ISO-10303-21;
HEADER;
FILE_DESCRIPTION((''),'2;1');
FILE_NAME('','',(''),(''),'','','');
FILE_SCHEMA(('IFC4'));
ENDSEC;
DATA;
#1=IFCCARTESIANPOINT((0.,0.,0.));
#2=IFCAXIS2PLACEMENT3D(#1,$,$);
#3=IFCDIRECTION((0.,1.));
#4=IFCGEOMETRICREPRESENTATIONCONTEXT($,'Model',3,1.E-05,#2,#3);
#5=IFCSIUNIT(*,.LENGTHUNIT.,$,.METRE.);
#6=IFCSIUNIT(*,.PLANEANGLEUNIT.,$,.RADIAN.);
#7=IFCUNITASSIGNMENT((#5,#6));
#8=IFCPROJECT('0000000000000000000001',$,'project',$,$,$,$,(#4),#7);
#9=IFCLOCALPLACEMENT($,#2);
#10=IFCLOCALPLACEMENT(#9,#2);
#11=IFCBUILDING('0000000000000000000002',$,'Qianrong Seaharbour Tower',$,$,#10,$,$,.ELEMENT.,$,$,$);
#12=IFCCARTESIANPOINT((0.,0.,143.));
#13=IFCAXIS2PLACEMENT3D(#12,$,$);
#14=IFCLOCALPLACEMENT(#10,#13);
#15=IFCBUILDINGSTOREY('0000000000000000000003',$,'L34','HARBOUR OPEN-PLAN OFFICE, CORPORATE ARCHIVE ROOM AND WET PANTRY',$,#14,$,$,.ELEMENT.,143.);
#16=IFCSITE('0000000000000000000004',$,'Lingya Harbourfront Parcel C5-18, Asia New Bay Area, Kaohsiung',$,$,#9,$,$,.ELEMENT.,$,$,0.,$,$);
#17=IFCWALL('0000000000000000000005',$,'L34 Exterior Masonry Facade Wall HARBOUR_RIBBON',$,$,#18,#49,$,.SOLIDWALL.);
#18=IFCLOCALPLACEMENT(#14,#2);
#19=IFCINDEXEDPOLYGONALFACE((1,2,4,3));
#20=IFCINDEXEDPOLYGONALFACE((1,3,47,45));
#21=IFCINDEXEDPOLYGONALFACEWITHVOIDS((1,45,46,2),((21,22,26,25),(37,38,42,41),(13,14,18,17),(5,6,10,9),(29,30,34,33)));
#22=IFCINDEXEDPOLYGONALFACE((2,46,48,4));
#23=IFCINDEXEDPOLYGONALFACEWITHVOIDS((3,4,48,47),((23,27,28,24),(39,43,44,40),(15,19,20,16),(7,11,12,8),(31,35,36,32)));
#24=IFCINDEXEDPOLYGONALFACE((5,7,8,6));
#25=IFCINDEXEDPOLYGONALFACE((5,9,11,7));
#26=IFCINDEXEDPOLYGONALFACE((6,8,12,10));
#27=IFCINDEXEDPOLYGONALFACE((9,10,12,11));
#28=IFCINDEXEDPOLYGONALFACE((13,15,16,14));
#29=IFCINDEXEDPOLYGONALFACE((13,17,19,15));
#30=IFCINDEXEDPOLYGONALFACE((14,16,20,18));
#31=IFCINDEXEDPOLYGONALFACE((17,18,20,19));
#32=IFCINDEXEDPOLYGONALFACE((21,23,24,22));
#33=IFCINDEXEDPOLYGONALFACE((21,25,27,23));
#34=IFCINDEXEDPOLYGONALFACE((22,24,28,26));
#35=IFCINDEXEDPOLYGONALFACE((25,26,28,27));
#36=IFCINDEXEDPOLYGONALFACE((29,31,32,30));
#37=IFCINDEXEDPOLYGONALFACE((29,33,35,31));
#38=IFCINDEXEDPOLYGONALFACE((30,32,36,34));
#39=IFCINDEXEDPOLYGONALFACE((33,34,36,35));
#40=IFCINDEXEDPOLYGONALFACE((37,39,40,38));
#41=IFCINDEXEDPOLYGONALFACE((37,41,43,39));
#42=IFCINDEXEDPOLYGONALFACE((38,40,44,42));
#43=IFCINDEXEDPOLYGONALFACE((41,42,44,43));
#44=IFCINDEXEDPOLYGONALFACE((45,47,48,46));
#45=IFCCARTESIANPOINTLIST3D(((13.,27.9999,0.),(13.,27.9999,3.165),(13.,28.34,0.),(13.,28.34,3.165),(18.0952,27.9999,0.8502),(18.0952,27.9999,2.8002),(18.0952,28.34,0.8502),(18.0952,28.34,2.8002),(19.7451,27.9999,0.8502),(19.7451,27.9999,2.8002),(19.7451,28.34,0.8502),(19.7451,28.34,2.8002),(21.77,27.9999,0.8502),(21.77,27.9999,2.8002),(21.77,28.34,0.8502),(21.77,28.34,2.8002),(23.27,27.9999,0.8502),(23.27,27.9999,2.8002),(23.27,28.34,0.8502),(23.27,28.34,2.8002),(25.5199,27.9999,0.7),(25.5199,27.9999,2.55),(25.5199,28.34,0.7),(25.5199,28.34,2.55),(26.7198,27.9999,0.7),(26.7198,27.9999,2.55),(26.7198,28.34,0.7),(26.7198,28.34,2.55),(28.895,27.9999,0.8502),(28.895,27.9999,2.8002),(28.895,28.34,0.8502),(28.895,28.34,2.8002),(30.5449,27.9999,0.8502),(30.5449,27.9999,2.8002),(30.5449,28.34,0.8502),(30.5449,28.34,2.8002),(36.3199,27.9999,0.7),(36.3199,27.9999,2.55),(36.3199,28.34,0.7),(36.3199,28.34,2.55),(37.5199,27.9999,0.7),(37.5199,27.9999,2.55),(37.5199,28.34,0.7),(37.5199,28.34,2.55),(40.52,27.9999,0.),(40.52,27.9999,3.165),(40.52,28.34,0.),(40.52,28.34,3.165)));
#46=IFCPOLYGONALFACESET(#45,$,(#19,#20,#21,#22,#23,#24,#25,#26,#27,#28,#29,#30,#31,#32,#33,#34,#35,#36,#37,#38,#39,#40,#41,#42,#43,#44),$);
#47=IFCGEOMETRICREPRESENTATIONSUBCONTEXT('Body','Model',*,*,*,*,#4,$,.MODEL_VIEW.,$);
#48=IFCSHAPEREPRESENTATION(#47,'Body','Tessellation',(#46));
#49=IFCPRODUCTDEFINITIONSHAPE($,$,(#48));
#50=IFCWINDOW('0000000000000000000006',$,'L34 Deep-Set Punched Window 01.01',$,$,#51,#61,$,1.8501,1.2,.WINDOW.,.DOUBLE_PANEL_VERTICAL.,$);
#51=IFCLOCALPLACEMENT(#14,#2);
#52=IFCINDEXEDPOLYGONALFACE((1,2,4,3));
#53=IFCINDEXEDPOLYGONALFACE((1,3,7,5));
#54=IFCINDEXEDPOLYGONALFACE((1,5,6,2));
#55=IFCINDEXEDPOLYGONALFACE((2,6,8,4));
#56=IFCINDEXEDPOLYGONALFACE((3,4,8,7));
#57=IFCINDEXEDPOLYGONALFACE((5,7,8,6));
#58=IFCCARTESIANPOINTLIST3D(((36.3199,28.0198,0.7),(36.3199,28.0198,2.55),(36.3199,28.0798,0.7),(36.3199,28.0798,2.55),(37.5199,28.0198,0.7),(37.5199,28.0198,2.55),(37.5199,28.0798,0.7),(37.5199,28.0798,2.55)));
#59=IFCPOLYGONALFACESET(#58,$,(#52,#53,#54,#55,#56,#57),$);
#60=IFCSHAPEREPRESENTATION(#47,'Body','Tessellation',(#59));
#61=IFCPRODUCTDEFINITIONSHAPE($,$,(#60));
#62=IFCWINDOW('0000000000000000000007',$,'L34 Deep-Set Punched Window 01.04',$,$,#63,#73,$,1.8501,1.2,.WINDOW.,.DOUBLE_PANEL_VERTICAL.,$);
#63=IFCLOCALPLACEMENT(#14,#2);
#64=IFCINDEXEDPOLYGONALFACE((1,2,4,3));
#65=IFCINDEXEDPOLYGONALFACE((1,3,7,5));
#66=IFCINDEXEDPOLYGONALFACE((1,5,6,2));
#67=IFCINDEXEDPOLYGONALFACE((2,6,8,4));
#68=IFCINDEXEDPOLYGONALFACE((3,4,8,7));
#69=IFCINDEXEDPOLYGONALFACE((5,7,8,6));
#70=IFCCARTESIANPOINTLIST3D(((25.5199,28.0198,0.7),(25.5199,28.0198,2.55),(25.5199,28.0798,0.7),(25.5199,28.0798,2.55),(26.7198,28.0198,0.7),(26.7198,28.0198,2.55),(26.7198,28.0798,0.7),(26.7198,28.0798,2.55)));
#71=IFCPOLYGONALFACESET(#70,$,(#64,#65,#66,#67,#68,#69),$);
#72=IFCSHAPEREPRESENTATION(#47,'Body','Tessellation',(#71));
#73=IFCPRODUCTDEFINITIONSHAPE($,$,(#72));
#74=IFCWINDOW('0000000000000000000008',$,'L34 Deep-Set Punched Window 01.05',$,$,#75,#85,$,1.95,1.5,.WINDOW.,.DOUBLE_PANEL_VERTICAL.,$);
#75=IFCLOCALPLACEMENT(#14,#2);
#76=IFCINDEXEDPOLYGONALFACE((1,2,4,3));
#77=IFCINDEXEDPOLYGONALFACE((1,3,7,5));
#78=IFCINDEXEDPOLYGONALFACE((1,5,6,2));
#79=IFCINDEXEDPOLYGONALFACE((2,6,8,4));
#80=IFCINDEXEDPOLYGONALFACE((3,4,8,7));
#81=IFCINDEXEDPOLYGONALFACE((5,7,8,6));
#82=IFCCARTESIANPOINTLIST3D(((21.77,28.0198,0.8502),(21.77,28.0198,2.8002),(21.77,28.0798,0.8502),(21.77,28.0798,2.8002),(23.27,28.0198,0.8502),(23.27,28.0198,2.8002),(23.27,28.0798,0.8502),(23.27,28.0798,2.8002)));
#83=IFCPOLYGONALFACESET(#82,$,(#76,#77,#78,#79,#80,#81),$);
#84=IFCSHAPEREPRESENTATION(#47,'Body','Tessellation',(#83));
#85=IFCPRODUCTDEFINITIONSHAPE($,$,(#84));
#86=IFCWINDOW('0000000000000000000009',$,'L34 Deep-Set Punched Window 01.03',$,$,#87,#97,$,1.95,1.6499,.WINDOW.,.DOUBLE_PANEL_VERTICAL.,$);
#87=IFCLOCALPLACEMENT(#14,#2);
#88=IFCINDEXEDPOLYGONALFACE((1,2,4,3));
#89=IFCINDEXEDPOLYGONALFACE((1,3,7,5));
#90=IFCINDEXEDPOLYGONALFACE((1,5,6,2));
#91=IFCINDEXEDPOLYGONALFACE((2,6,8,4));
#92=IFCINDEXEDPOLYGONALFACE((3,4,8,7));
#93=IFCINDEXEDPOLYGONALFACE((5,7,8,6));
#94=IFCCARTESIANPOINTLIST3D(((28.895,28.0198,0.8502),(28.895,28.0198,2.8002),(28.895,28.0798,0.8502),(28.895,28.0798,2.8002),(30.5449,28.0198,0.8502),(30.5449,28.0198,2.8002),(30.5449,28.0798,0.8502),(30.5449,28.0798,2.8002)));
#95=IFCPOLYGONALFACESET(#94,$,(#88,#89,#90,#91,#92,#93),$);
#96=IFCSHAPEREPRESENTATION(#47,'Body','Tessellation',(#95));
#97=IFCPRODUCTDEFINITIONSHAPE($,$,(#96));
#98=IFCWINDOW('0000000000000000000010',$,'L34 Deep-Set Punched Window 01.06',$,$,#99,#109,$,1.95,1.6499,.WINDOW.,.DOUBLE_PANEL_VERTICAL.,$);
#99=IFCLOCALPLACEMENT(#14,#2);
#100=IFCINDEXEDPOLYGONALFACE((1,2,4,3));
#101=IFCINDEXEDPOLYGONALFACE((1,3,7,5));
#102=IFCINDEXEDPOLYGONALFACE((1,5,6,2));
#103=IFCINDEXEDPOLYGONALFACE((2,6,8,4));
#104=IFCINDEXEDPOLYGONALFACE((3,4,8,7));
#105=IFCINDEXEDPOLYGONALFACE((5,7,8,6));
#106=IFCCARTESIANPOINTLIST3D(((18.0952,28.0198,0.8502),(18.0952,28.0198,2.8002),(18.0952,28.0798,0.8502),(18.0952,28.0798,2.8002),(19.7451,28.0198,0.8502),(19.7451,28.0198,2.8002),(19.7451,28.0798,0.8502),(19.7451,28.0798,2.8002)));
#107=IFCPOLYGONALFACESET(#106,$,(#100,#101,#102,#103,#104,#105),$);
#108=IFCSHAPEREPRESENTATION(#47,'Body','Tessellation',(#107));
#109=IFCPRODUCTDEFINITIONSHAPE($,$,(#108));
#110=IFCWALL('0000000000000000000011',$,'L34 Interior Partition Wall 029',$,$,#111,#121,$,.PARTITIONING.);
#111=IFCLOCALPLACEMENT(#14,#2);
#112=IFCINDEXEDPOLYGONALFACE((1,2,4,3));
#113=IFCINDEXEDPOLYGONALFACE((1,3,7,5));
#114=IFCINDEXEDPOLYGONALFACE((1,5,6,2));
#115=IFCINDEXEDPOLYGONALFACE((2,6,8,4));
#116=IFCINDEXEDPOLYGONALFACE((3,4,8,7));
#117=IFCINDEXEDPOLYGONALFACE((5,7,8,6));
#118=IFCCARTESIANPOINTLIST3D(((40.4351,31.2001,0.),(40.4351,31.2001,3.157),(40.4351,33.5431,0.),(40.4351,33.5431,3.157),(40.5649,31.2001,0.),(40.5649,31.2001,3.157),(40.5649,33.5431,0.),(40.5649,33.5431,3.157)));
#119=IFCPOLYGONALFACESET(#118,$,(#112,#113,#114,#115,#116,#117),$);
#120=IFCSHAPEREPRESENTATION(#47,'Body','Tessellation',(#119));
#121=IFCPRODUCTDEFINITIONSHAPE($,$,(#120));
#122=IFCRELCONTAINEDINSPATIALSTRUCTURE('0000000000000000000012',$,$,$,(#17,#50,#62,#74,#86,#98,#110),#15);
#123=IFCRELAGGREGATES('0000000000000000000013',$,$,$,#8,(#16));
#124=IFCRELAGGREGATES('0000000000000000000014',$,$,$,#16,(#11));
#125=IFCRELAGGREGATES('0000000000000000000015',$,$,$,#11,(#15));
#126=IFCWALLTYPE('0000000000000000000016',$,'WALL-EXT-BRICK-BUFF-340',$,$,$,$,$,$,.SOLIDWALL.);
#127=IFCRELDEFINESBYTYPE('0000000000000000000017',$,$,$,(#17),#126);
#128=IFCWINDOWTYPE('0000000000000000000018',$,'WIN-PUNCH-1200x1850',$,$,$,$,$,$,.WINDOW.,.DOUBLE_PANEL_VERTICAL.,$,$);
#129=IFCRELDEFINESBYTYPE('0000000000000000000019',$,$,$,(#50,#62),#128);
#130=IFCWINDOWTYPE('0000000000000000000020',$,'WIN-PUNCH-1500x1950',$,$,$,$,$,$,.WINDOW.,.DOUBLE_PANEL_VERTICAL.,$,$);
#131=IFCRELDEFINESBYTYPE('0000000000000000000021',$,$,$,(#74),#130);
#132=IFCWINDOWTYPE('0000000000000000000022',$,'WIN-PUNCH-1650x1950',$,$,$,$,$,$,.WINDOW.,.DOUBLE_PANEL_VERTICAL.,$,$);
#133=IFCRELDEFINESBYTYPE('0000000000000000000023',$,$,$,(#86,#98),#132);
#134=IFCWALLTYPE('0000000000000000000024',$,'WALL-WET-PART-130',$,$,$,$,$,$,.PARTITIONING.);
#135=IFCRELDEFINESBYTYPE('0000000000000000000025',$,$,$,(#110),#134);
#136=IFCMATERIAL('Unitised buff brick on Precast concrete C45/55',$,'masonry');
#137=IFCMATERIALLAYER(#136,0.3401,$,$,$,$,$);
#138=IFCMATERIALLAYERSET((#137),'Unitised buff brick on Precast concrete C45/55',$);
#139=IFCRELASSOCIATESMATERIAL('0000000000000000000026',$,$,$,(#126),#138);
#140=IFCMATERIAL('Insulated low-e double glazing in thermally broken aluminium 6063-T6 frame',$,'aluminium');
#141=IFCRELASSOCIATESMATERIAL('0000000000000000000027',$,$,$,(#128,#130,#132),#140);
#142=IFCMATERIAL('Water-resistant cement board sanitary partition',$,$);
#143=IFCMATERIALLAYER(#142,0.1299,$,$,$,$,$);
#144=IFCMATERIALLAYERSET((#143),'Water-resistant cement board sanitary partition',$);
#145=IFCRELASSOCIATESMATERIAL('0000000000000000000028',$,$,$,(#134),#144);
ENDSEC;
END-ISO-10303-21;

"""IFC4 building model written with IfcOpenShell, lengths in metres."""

from ifc_helpers import new_model, si_unit, direction, frame, frame_2d, origin, place, context, subcontext, project, spatial, rectangle, extrude, material, layer, layer_set, type_object, element, fill, save


model = new_model("IFC4")

# Units and contexts
model_context = context("Model", 3, precision=1e-05, world=origin(), true_north=direction((0.0, 1.0)))
body_context = subcontext(model_context, "Body", "Model", "MODEL_VIEW")
ifc_project = project(units=[si_unit("LENGTHUNIT", "METRE"), si_unit("PLANEANGLEUNIT", "RADIAN")], contexts=[model_context])

# Site, building, storey
site_placement = place(None, origin())
site = spatial("IfcSite", under=ifc_project, at=site_placement, Name="Lingya Harbourfront Parcel C5-18, Asia New Bay Area, Kaohsiung", CompositionType="ELEMENT", RefElevation=0.0)
building_placement = place(site_placement, origin())
building = spatial("IfcBuilding", under=site, at=building_placement, Name="Qianrong Seaharbour Tower", CompositionType="ELEMENT")
storey_placement = place(building_placement, frame((0.0, 0.0, 143.0)))
storey = spatial("IfcBuildingStorey", under=building, at=storey_placement, Name="L34", Description="HARBOUR OPEN-PLAN OFFICE, CORPORATE ARCHIVE ROOM AND WET PANTRY", CompositionType="ELEMENT", Elevation=143.0)

# Wall, openings, windows
ifc_material_1 = material(Name="Unitised buff brick on Precast concrete C45/55", Category="masonry")
ifc_layer_1 = layer(ifc_material_1, 0.3401)
ifc_layer_set_1 = layer_set([ifc_layer_1], Name="Unitised buff brick on Precast concrete C45/55")
wall_type_1 = type_object("IfcWallType", Name="WALL-EXT-BRICK-BUFF-340", PredefinedType="SOLIDWALL", material=ifc_layer_set_1)
wall_1_placement = place(storey_placement, frame((40.52, 28.1699, 0.0), z_axis=(0.0, 0.0, 1.0), x_axis=(-1.0, 0.0, 0.0)))
wall_1 = element("IfcWall", 1, at=wall_1_placement, inside=storey, type_object=wall_type_1, Name="L34 Exterior Masonry Facade Wall HARBOUR_RIBBON", PredefinedType="SOLIDWALL", context=body_context, shape_type="SweptSolid", body=[
    extrude(rectangle(XDim=27.52, YDim=0.3401, at=frame_2d((13.76, 0.0))), origin(), (0.0, 0.0, 1.0), 3.165),
])
opening_1_placement = place(wall_1_placement, frame((3.0, 0.0, 0.7)))
opening_1 = element("IfcOpeningElement", 2, at=opening_1_placement, cuts=wall_1, PredefinedType="OPENING", context=body_context, shape_type="SweptSolid", body=[
    extrude(rectangle(XDim=1.2, YDim=1.8501, at=frame_2d((0.6001, 0.925))), frame((0.0, 0.1802, 0.0), z_axis=(0.0, -1.0, 0.0), x_axis=(1.0, 0.0, 0.0)), (0.0, 0.0, 1.0), 0.3601),
])
opening_2_placement = place(wall_1_placement, frame((9.9751, 0.0, 0.8501)))
opening_2 = element("IfcOpeningElement", 3, at=opening_2_placement, cuts=wall_1, PredefinedType="OPENING", context=body_context, shape_type="SweptSolid", body=[
    extrude(rectangle(XDim=1.6499, YDim=1.95, at=frame_2d((0.825, 0.9751))), frame((0.0, 0.1802, 0.0), z_axis=(0.0, -1.0, 0.0), x_axis=(1.0, 0.0, 0.0)), (0.0, 0.0, 1.0), 0.3601),
])
opening_3_placement = place(wall_1_placement, frame((13.8, 0.0, 0.7)))
opening_3 = element("IfcOpeningElement", 4, at=opening_3_placement, cuts=wall_1, PredefinedType="OPENING", context=body_context, shape_type="SweptSolid", body=[
    extrude(rectangle(XDim=1.2, YDim=1.8501, at=frame_2d((0.6001, 0.925))), frame((0.0, 0.1802, 0.0), z_axis=(0.0, -1.0, 0.0), x_axis=(1.0, 0.0, 0.0)), (0.0, 0.0, 1.0), 0.3601),
])
opening_4_placement = place(wall_1_placement, frame((17.25, 0.0, 0.8501)))
opening_4 = element("IfcOpeningElement", 5, at=opening_4_placement, cuts=wall_1, PredefinedType="OPENING", context=body_context, shape_type="SweptSolid", body=[
    extrude(rectangle(XDim=1.5, YDim=1.95, at=frame_2d((0.75, 0.9751))), frame((0.0, 0.1802, 0.0), z_axis=(0.0, -1.0, 0.0), x_axis=(1.0, 0.0, 0.0)), (0.0, 0.0, 1.0), 0.3601),
])
opening_5_placement = place(wall_1_placement, frame((20.7749, 0.0, 0.8501)))
opening_5 = element("IfcOpeningElement", 6, at=opening_5_placement, cuts=wall_1, PredefinedType="OPENING", context=body_context, shape_type="SweptSolid", body=[
    extrude(rectangle(XDim=1.6499, YDim=1.95, at=frame_2d((0.825, 0.9751))), frame((0.0, 0.1802, 0.0), z_axis=(0.0, -1.0, 0.0), x_axis=(1.0, 0.0, 0.0)), (0.0, 0.0, 1.0), 0.3601),
])
ifc_material_2 = material(Name="Insulated low-e double glazing in thermally broken aluminium 6063-T6 frame", Category="aluminium")
window_type_1 = type_object("IfcWindowType", Name="WIN-PUNCH-1200x1850", PartitioningType="DOUBLE_PANEL_VERTICAL", PredefinedType="WINDOW", material=ifc_material_2)
window_1_placement = place(opening_1_placement, origin())
window_1 = element("IfcWindow", 7, at=window_1_placement, inside=storey, type_object=window_type_1, Name="L34 Deep-Set Punched Window 01.01", OverallHeight=1.8501, OverallWidth=1.2, PartitioningType="DOUBLE_PANEL_VERTICAL", PredefinedType="WINDOW", context=body_context, shape_type="SweptSolid", body=[
    extrude(rectangle(XDim=1.2, YDim=1.8501, at=frame_2d((0.6001, 0.925))), frame((0.0, 0.1501, 0.0), z_axis=(0.0, -1.0, 0.0), x_axis=(1.0, 0.0, 0.0)), (0.0, 0.0, 1.0), 0.0601),
])
fill(opening_1, window_1)
window_2_placement = place(opening_3_placement, origin())
window_2 = element("IfcWindow", 8, at=window_2_placement, inside=storey, type_object=window_type_1, Name="L34 Deep-Set Punched Window 01.04", OverallHeight=1.8501, OverallWidth=1.2, PartitioningType="DOUBLE_PANEL_VERTICAL", PredefinedType="WINDOW", context=body_context, shape_type="SweptSolid", body=[
    extrude(rectangle(XDim=1.2, YDim=1.8501, at=frame_2d((0.6001, 0.925))), frame((0.0, 0.1501, 0.0), z_axis=(0.0, -1.0, 0.0), x_axis=(1.0, 0.0, 0.0)), (0.0, 0.0, 1.0), 0.0601),
])
fill(opening_3, window_2)
window_type_2 = type_object("IfcWindowType", Name="WIN-PUNCH-1500x1950", PartitioningType="DOUBLE_PANEL_VERTICAL", PredefinedType="WINDOW", material=ifc_material_2)
window_3_placement = place(opening_4_placement, origin())
window_3 = element("IfcWindow", 9, at=window_3_placement, inside=storey, type_object=window_type_2, Name="L34 Deep-Set Punched Window 01.05", OverallHeight=1.95, OverallWidth=1.5, PartitioningType="DOUBLE_PANEL_VERTICAL", PredefinedType="WINDOW", context=body_context, shape_type="SweptSolid", body=[
    extrude(rectangle(XDim=1.5, YDim=1.95, at=frame_2d((0.75, 0.9751))), frame((0.0, 0.1501, 0.0), z_axis=(0.0, -1.0, 0.0), x_axis=(1.0, 0.0, 0.0)), (0.0, 0.0, 1.0), 0.0601),
])
fill(opening_4, window_3)
window_type_3 = type_object("IfcWindowType", Name="WIN-PUNCH-1650x1950", PartitioningType="DOUBLE_PANEL_VERTICAL", PredefinedType="WINDOW", material=ifc_material_2)
window_4_placement = place(opening_2_placement, origin())
window_4 = element("IfcWindow", 10, at=window_4_placement, inside=storey, type_object=window_type_3, Name="L34 Deep-Set Punched Window 01.03", OverallHeight=1.95, OverallWidth=1.6499, PartitioningType="DOUBLE_PANEL_VERTICAL", PredefinedType="WINDOW", context=body_context, shape_type="SweptSolid", body=[
    extrude(rectangle(XDim=1.6499, YDim=1.95, at=frame_2d((0.825, 0.9751))), frame((0.0, 0.1501, 0.0), z_axis=(0.0, -1.0, 0.0), x_axis=(1.0, 0.0, 0.0)), (0.0, 0.0, 1.0), 0.0601),
])
fill(opening_2, window_4)
window_5_placement = place(opening_5_placement, origin())
window_5 = element("IfcWindow", 11, at=window_5_placement, inside=storey, type_object=window_type_3, Name="L34 Deep-Set Punched Window 01.06", OverallHeight=1.95, OverallWidth=1.6499, PartitioningType="DOUBLE_PANEL_VERTICAL", PredefinedType="WINDOW", context=body_context, shape_type="SweptSolid", body=[
    extrude(rectangle(XDim=1.6499, YDim=1.95, at=frame_2d((0.825, 0.9751))), frame((0.0, 0.1501, 0.0), z_axis=(0.0, -1.0, 0.0), x_axis=(1.0, 0.0, 0.0)), (0.0, 0.0, 1.0), 0.0601),
])
fill(opening_5, window_5)

# Wall
ifc_material_3 = material(Name="Water-resistant cement board sanitary partition")
ifc_layer_2 = layer(ifc_material_3, 0.1299)
ifc_layer_set_2 = layer_set([ifc_layer_2], Name="Water-resistant cement board sanitary partition")
wall_type_2 = type_object("IfcWallType", Name="WALL-WET-PART-130", PredefinedType="PARTITIONING", material=ifc_layer_set_2)
wall_2_placement = place(storey_placement, frame((40.5, 33.543, 0.0), z_axis=(0.0, 0.0, 1.0), x_axis=(0.0, -1.0, 0.0)))
element("IfcWall", 12, at=wall_2_placement, inside=storey, type_object=wall_type_2, Name="L34 Interior Partition Wall 029", PredefinedType="PARTITIONING", context=body_context, shape_type="SweptSolid", body=[
    extrude(rectangle(XDim=2.343, YDim=0.1299, at=frame_2d((1.1714, 0.0))), origin(), (0.0, 0.0, 1.0), 3.157),
])

save(model, "model.ifc")
